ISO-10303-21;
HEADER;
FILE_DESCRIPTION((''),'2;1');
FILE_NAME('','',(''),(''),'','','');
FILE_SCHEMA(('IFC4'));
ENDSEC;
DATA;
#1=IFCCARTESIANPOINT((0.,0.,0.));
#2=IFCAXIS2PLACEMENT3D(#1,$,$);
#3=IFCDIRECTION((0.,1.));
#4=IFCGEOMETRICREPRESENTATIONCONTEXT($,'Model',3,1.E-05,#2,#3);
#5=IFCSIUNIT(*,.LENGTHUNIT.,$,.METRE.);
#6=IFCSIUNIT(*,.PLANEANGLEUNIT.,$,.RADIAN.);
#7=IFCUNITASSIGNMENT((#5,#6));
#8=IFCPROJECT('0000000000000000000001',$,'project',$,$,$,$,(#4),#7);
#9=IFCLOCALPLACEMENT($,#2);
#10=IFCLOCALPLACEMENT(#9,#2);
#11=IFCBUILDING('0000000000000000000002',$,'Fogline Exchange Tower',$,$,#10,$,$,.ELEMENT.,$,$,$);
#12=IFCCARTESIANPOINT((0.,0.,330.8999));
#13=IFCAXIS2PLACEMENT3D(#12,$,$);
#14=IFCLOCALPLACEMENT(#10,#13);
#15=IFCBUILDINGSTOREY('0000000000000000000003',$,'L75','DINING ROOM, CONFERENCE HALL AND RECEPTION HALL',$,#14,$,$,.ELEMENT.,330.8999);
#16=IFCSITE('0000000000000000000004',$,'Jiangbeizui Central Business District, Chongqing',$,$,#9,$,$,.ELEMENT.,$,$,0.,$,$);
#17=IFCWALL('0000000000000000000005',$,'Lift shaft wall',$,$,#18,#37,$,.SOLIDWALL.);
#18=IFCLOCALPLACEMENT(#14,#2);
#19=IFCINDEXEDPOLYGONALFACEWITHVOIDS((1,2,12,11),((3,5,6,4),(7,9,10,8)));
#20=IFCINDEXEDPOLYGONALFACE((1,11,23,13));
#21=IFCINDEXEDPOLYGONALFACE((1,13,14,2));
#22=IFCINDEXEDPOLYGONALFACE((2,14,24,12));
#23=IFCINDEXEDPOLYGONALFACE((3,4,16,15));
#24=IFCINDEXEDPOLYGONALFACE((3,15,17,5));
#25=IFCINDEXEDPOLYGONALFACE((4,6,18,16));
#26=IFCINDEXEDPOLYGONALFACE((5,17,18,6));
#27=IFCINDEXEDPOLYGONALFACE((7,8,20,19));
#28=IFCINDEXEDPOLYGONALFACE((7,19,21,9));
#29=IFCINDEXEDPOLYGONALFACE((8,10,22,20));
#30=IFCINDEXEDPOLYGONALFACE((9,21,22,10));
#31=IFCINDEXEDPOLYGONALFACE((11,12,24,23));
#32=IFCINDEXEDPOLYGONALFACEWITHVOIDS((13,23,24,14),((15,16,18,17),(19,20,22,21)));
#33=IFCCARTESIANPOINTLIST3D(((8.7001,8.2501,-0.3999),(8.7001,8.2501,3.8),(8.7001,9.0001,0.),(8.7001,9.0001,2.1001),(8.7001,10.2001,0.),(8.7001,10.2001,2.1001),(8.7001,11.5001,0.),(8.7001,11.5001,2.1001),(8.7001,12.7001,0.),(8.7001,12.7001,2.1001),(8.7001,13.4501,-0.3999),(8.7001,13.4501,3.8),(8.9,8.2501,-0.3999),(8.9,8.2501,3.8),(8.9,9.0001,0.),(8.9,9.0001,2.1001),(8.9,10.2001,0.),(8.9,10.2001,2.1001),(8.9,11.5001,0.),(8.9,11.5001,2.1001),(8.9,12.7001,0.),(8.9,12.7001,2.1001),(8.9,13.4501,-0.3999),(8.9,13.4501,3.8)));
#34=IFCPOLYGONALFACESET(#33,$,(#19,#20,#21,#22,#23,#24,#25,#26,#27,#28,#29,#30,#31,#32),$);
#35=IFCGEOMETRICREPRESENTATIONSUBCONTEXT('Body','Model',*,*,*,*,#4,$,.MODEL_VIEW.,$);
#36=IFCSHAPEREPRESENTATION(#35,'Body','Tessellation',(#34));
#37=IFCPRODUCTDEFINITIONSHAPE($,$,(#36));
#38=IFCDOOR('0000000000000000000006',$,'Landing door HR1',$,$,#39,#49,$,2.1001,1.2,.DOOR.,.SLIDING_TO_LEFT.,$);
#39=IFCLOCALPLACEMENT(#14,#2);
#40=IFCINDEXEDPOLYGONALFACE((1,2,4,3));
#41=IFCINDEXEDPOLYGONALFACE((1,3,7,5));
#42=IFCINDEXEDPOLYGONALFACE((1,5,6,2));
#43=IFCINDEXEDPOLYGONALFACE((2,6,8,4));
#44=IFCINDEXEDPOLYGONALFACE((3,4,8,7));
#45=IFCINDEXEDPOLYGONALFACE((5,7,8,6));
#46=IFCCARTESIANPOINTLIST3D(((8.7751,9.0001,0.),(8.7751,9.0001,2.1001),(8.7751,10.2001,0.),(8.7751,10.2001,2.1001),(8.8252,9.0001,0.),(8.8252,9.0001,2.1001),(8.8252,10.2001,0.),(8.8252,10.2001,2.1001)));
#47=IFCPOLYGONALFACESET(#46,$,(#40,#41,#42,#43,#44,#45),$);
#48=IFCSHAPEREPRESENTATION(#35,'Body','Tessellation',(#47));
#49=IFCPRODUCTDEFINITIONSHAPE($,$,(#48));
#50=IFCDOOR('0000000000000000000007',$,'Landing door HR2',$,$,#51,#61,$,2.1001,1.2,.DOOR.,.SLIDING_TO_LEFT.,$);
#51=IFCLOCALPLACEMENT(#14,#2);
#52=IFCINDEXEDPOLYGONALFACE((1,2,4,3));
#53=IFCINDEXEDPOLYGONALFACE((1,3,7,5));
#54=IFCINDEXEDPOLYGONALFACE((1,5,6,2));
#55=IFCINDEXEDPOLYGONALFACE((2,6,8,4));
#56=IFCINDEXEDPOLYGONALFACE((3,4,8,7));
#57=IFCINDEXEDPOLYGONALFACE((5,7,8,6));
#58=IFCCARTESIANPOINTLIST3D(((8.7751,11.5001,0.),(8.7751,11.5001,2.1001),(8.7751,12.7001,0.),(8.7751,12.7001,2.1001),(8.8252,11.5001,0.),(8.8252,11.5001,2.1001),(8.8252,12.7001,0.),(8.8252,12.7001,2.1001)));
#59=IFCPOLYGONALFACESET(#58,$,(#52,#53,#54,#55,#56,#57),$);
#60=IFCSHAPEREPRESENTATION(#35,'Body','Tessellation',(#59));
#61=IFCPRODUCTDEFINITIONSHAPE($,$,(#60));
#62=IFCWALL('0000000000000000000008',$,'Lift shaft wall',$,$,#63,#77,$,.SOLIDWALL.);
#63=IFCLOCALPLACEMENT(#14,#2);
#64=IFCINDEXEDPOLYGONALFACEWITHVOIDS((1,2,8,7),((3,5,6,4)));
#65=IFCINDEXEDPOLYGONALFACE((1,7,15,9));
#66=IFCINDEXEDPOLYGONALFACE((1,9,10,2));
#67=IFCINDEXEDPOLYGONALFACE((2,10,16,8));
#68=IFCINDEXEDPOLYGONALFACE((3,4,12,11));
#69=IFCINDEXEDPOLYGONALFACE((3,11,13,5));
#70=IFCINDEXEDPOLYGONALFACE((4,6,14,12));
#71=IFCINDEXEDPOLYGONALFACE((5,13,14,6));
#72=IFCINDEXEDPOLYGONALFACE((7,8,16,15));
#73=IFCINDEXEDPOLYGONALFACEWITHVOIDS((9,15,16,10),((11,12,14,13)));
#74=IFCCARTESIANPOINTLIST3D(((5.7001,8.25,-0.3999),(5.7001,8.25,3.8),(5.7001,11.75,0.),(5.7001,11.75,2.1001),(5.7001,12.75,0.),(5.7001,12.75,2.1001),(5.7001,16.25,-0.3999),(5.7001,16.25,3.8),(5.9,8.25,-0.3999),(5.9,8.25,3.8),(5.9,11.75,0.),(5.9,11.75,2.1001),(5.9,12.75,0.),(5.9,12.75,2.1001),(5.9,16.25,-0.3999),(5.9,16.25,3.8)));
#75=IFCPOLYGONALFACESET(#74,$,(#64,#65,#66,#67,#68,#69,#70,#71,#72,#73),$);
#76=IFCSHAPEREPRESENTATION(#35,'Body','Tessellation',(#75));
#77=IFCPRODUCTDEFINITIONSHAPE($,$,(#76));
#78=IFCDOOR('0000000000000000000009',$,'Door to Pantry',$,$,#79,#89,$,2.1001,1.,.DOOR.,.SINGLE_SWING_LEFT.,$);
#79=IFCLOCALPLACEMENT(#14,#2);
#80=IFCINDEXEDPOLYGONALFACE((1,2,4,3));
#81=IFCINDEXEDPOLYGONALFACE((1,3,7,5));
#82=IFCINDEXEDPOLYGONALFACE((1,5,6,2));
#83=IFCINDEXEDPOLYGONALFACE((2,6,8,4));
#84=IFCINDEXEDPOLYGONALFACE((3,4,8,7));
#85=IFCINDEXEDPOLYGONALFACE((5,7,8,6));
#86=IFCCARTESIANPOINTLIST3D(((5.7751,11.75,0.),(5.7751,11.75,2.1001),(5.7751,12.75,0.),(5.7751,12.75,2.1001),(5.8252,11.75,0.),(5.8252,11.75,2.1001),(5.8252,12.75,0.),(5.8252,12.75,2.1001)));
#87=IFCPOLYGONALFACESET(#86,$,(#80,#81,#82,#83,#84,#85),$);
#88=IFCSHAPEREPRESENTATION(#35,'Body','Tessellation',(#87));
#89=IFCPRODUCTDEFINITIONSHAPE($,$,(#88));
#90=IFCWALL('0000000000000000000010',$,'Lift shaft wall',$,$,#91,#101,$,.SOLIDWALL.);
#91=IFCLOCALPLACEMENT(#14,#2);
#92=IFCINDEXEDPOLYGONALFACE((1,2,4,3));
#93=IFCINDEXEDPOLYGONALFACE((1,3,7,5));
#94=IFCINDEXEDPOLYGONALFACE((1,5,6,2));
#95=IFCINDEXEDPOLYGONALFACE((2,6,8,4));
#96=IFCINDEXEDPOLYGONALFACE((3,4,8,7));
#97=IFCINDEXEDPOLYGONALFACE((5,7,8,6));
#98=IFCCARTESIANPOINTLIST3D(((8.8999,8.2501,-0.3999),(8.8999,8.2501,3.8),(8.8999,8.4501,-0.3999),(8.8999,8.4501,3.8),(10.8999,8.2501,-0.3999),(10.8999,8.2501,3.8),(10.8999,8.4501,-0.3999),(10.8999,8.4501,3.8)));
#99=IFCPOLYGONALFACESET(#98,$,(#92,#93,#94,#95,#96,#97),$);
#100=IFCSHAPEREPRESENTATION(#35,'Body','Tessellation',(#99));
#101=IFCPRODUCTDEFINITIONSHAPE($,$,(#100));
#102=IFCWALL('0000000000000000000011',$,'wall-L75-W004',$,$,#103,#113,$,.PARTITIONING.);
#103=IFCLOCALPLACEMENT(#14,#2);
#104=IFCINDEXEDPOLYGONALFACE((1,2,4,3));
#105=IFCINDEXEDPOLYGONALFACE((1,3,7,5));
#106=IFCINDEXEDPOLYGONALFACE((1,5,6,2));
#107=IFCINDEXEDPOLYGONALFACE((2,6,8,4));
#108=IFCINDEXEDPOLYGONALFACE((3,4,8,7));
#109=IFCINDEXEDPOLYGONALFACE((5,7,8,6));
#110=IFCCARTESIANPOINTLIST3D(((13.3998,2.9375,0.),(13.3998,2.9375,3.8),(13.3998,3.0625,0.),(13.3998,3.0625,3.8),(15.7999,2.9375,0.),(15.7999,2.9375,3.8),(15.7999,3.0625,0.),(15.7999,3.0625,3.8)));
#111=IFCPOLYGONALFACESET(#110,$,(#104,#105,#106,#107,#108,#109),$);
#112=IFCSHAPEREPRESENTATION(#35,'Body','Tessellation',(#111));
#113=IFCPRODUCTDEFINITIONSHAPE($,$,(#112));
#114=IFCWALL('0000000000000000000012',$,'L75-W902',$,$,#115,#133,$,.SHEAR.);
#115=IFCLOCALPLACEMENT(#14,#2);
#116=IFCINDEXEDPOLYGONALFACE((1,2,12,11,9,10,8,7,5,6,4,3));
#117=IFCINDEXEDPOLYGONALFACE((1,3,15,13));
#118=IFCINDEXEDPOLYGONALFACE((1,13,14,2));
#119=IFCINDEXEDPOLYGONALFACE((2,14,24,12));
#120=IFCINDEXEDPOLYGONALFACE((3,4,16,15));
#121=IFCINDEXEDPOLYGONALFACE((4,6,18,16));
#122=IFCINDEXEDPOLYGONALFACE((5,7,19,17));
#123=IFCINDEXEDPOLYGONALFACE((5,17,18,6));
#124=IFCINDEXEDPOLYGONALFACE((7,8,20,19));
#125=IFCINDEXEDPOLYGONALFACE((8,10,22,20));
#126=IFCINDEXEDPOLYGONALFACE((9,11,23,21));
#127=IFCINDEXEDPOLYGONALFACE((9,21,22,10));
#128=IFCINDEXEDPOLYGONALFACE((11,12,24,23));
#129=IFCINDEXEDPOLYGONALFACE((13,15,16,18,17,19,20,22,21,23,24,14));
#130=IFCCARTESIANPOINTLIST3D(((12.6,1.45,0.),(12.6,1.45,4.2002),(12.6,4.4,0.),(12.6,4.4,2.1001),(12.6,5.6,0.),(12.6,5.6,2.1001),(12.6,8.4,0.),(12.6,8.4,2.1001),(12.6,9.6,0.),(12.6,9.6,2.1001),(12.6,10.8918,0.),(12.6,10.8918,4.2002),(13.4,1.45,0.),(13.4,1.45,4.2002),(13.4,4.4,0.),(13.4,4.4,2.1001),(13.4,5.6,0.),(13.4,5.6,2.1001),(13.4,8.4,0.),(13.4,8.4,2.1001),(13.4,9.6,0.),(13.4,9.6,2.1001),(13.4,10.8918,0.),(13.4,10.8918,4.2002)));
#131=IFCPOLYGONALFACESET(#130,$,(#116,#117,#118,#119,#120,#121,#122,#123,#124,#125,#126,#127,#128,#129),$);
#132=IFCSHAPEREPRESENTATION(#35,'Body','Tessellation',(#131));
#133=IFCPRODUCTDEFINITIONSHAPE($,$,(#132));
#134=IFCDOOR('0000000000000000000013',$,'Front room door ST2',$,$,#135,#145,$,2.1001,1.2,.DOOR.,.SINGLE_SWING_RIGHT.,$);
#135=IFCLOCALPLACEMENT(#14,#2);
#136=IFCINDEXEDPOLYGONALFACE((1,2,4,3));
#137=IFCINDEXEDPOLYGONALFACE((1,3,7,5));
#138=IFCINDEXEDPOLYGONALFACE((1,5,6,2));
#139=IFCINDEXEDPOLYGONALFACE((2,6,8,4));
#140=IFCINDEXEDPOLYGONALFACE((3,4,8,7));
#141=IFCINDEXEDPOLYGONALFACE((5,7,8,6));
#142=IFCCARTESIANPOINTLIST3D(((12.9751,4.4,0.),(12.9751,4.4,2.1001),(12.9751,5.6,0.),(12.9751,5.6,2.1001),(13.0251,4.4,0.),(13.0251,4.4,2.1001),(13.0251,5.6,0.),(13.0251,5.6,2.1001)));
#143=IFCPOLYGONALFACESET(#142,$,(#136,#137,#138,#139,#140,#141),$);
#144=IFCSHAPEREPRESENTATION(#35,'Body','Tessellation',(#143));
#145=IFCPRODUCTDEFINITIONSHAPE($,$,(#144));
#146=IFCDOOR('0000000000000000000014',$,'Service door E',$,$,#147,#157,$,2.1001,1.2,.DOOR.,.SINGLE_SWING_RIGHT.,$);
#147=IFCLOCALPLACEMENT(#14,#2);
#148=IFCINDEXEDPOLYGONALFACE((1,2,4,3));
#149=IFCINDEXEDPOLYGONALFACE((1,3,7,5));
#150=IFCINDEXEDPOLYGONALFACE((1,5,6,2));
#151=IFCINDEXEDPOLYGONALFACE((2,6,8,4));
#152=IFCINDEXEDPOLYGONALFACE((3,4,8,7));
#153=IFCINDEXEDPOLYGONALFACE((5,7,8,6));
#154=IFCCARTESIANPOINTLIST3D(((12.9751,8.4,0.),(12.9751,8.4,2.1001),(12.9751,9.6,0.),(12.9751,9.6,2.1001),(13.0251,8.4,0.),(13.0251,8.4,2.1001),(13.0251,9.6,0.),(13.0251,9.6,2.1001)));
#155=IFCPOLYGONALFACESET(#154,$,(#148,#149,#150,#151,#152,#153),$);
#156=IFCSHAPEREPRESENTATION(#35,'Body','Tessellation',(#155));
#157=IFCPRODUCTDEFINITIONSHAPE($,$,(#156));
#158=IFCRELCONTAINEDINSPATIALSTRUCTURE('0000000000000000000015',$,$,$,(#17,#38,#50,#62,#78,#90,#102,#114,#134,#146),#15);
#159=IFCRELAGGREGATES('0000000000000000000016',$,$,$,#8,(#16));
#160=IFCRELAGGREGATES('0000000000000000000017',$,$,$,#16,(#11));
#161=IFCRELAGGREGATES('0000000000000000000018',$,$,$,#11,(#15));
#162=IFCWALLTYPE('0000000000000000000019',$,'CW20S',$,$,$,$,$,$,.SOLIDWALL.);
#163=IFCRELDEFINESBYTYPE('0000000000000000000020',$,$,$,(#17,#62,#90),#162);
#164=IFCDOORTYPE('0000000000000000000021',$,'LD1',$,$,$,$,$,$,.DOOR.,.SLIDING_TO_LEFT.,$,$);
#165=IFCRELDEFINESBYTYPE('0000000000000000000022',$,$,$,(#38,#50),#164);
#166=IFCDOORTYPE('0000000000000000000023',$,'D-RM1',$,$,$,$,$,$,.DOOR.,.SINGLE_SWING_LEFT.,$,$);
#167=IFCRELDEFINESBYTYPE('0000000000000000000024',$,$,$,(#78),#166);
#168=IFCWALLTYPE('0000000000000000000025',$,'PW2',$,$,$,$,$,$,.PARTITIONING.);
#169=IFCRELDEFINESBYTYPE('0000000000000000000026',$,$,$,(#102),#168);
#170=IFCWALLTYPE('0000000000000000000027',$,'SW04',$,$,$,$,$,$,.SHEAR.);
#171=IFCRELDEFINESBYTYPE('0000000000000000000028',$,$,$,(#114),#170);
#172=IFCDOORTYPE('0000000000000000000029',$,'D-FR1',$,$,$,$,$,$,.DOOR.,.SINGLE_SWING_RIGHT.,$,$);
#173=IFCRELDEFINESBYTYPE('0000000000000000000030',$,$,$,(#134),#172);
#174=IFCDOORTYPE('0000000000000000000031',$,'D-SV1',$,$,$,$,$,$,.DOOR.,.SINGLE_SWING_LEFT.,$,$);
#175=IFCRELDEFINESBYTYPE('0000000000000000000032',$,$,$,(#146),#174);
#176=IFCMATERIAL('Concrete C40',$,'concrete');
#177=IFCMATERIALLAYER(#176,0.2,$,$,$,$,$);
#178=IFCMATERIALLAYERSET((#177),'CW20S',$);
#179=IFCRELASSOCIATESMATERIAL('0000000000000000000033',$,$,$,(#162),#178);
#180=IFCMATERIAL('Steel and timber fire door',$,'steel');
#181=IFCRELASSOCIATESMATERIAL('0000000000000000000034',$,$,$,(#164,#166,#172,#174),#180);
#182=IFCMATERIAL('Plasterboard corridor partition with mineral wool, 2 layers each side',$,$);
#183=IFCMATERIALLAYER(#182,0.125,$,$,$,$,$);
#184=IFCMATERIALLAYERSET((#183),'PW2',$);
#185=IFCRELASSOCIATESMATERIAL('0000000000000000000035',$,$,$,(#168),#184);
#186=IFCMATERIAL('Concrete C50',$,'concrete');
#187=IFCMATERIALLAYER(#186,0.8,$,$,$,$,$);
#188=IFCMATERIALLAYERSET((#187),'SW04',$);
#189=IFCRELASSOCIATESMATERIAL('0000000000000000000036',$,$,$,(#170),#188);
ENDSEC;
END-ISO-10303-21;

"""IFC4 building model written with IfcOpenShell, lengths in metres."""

from ifc_helpers import new_model, si_unit, direction, frame, frame_2d, origin, place, context, subcontext, project, spatial, rectangle, extrude, material, layer, layer_set, type_object, element, fill, save


model = new_model("IFC4")

# Units and contexts
model_context = context("Model", 3, precision=1e-05, world=origin(), true_north=direction((0.0, 1.0)))
body_context = subcontext(model_context, "Body", "Model", "MODEL_VIEW")
ifc_project = project(units=[si_unit("LENGTHUNIT", "METRE"), si_unit("PLANEANGLEUNIT", "RADIAN")], contexts=[model_context])

# Site, building, storey
site_placement = place(None, origin())
site = spatial("IfcSite", under=ifc_project, at=site_placement, Name="Jiangbeizui Central Business District, Chongqing", CompositionType="ELEMENT", RefElevation=0.0)
building_placement = place(site_placement, origin())
building = spatial("IfcBuilding", under=site, at=building_placement, Name="Fogline Exchange Tower", CompositionType="ELEMENT")
storey_placement = place(building_placement, frame((0.0, 0.0, 330.8999)))
storey = spatial("IfcBuildingStorey", under=building, at=storey_placement, Name="L75", Description="DINING ROOM, CONFERENCE HALL AND RECEPTION HALL", CompositionType="ELEMENT", Elevation=330.8999)

# Shared definitions
ifc_material_1 = material(Name="Concrete C40", Category="concrete")

# Shared definitions
ifc_material_2 = material(Name="Steel and timber fire door", Category="steel")

# Wall, openings, doors
ifc_layer_1 = layer(ifc_material_1, 0.2)
ifc_layer_set_1 = layer_set([ifc_layer_1], Name="CW20S")
wall_type_1 = type_object("IfcWallType", Name="CW20S", PredefinedType="SOLIDWALL", material=ifc_layer_set_1)
wall_1_placement = place(storey_placement, frame((8.8, 8.25, -0.3999), z_axis=(0.0, 0.0, 1.0), x_axis=(0.0, 1.0, 0.0)))
wall_1 = element("IfcWall", 1, at=wall_1_placement, inside=storey, type_object=wall_type_1, Name="Lift shaft wall", PredefinedType="SOLIDWALL", context=body_context, shape_type="SweptSolid", body=[
    extrude(rectangle(XDim=5.2, YDim=0.2, at=frame_2d((2.6001, 0.0))), origin(), (0.0, 0.0, 1.0), 4.2),
])
opening_1_placement = place(wall_1_placement, frame((0.75, 0.0, 0.3999)))
opening_1 = element("IfcOpeningElement", 2, at=opening_1_placement, cuts=wall_1, PredefinedType="OPENING", context=body_context, shape_type="SweptSolid", body=[
    extrude(rectangle(XDim=1.2, YDim=2.1001, at=frame_2d((0.6001, 1.05))), frame((0.0, 0.1099, 0.0), z_axis=(0.0, -1.0, 0.0), x_axis=(1.0, 0.0, 0.0)), (0.0, 0.0, 1.0), 0.22),
])
opening_2_placement = place(wall_1_placement, frame((3.25, 0.0, 0.3999)))
opening_2 = element("IfcOpeningElement", 3, at=opening_2_placement, cuts=wall_1, PredefinedType="OPENING", context=body_context, shape_type="SweptSolid", body=[
    extrude(rectangle(XDim=1.2, YDim=2.1001, at=frame_2d((0.6001, 1.05))), frame((0.0, 0.1099, 0.0), z_axis=(0.0, -1.0, 0.0), x_axis=(1.0, 0.0, 0.0)), (0.0, 0.0, 1.0), 0.22),
])
door_type_1 = type_object("IfcDoorType", Name="LD1", OperationType="SLIDING_TO_LEFT", PredefinedType="DOOR", material=ifc_material_2)
door_1_placement = place(opening_1_placement, origin())
door_1 = element("IfcDoor", 4, at=door_1_placement, inside=storey, type_object=door_type_1, Name="Landing door HR1", OperationType="SLIDING_TO_LEFT", OverallHeight=2.1001, OverallWidth=1.2, PredefinedType="DOOR", context=body_context, shape_type="SweptSolid", body=[
    extrude(rectangle(XDim=1.2, YDim=2.1001, at=frame_2d((0.6001, 1.05))), frame((0.0, 0.0249, 0.0), z_axis=(0.0, -1.0, 0.0), x_axis=(1.0, 0.0, 0.0)), (0.0, 0.0, 1.0), 0.05),
])
fill(opening_1, door_1)
door_2_placement = place(opening_2_placement, origin())
door_2 = element("IfcDoor", 5, at=door_2_placement, inside=storey, type_object=door_type_1, Name="Landing door HR2", OperationType="SLIDING_TO_LEFT", OverallHeight=2.1001, OverallWidth=1.2, PredefinedType="DOOR", context=body_context, shape_type="SweptSolid", body=[
    extrude(rectangle(XDim=1.2, YDim=2.1001, at=frame_2d((0.6001, 1.05))), frame((0.0, 0.0249, 0.0), z_axis=(0.0, -1.0, 0.0), x_axis=(1.0, 0.0, 0.0)), (0.0, 0.0, 1.0), 0.05),
])
fill(opening_2, door_2)

# Wall, opening, door
wall_2_placement = place(storey_placement, frame((5.8, 8.25, -0.3999), z_axis=(0.0, 0.0, 1.0), x_axis=(0.0, 1.0, 0.0)))
wall_2 = element("IfcWall", 6, at=wall_2_placement, inside=storey, type_object=wall_type_1, Name="Lift shaft wall", PredefinedType="SOLIDWALL", context=body_context, shape_type="SweptSolid", body=[
    extrude(rectangle(XDim=8.0, YDim=0.2, at=frame_2d((4.0, 0.0))), origin(), (0.0, 0.0, 1.0), 4.2),
])
opening_3_placement = place(wall_2_placement, frame((3.5, 0.0, 0.3999)))
opening_3 = element("IfcOpeningElement", 7, at=opening_3_placement, cuts=wall_2, PredefinedType="OPENING", context=body_context, shape_type="SweptSolid", body=[
    extrude(rectangle(XDim=1.0, YDim=2.1001, at=frame_2d((0.5, 1.05))), frame((0.0, 0.1099, 0.0), z_axis=(0.0, -1.0, 0.0), x_axis=(1.0, 0.0, 0.0)), (0.0, 0.0, 1.0), 0.22),
])
door_type_2 = type_object("IfcDoorType", Name="D-RM1", OperationType="SINGLE_SWING_LEFT", PredefinedType="DOOR", material=ifc_material_2)
door_3_placement = place(opening_3_placement, origin())
door_3 = element("IfcDoor", 8, at=door_3_placement, inside=storey, type_object=door_type_2, Name="Door to Pantry", OperationType="SINGLE_SWING_LEFT", OverallHeight=2.1001, OverallWidth=1.0, PredefinedType="DOOR", context=body_context, shape_type="SweptSolid", body=[
    extrude(rectangle(XDim=1.0, YDim=2.1001, at=frame_2d((0.5, 1.05))), frame((0.0, 0.0249, 0.0), z_axis=(0.0, -1.0, 0.0), x_axis=(1.0, 0.0, 0.0)), (0.0, 0.0, 1.0), 0.05),
])
fill(opening_3, door_3)

# Walls
wall_3_placement = place(storey_placement, frame((8.8999, 8.3501, -0.3999), z_axis=(0.0, 0.0, 1.0), x_axis=(1.0, 0.0, 0.0)))
element("IfcWall", 9, at=wall_3_placement, inside=storey, type_object=wall_type_1, Name="Lift shaft wall", PredefinedType="SOLIDWALL", context=body_context, shape_type="SweptSolid", body=[
    extrude(rectangle(XDim=2.0, YDim=0.2, at=frame_2d((1.0, 0.0))), origin(), (0.0, 0.0, 1.0), 4.2),
])
ifc_material_3 = material(Name="Plasterboard corridor partition with mineral wool, 2 layers each side")
ifc_layer_2 = layer(ifc_material_3, 0.125)
ifc_layer_set_2 = layer_set([ifc_layer_2], Name="PW2")
wall_type_2 = type_object("IfcWallType", Name="PW2", PredefinedType="PARTITIONING", material=ifc_layer_set_2)
wall_4_placement = place(storey_placement, frame((15.8, 3.0, 0.0), z_axis=(0.0, 0.0, 1.0), x_axis=(-1.0, 0.0, 0.0)))
element("IfcWall", 10, at=wall_4_placement, inside=storey, type_object=wall_type_2, Name="wall-L75-W004", PredefinedType="PARTITIONING", context=body_context, shape_type="SweptSolid", body=[
    extrude(rectangle(XDim=2.4001, YDim=0.125, at=frame_2d((1.2002, 0.0))), origin(), (0.0, 0.0, 1.0), 3.8),
])

# Wall, openings, doors
ifc_material_4 = material(Name="Concrete C50", Category="concrete")
ifc_layer_3 = layer(ifc_material_4, 0.8)
ifc_layer_set_3 = layer_set([ifc_layer_3], Name="SW04")
wall_type_3 = type_object("IfcWallType", Name="SW04", PredefinedType="SHEAR", material=ifc_layer_set_3)
wall_5_placement = place(storey_placement, frame((13.0, 1.45, 0.0), z_axis=(0.0, 0.0, 1.0), x_axis=(0.0, 1.0, 0.0)))
wall_5 = element("IfcWall", 11, at=wall_5_placement, inside=storey, type_object=wall_type_3, Name="L75-W902", PredefinedType="SHEAR", context=body_context, shape_type="SweptSolid", body=[
    extrude(rectangle(XDim=9.4419, YDim=0.8, at=frame_2d((4.7209, 0.0))), origin(), (0.0, 0.0, 1.0), 4.2002),
])
opening_4_placement = place(wall_5_placement, frame((2.95, 0.0, 0.0)))
opening_4 = element("IfcOpeningElement", 12, at=opening_4_placement, cuts=wall_5, PredefinedType="OPENING", context=body_context, shape_type="SweptSolid", body=[
    extrude(rectangle(XDim=1.2, YDim=2.1001, at=frame_2d((0.6001, 1.05))), frame((0.0, 0.4102, 0.0), z_axis=(0.0, -1.0, 0.0), x_axis=(1.0, 0.0, 0.0)), (0.0, 0.0, 1.0), 0.8201),
])
opening_5_placement = place(wall_5_placement, frame((6.95, 0.0, 0.0)))
opening_5 = element("IfcOpeningElement", 13, at=opening_5_placement, cuts=wall_5, PredefinedType="OPENING", context=body_context, shape_type="SweptSolid", body=[
    extrude(rectangle(XDim=1.2, YDim=2.1001, at=frame_2d((0.6001, 1.05))), frame((0.0, 0.4102, 0.0), z_axis=(0.0, -1.0, 0.0), x_axis=(1.0, 0.0, 0.0)), (0.0, 0.0, 1.0), 0.8201),
])
door_type_3 = type_object("IfcDoorType", Name="D-FR1", OperationType="SINGLE_SWING_RIGHT", PredefinedType="DOOR", material=ifc_material_2)
door_4_placement = place(opening_4_placement, origin())
door_4 = element("IfcDoor", 14, at=door_4_placement, inside=storey, type_object=door_type_3, Name="Front room door ST2", OperationType="SINGLE_SWING_RIGHT", OverallHeight=2.1001, OverallWidth=1.2, PredefinedType="DOOR", context=body_context, shape_type="SweptSolid", body=[
    extrude(rectangle(XDim=1.2, YDim=2.1001, at=frame_2d((0.6001, 1.05))), frame((0.0, 0.0249, 0.0), z_axis=(0.0, -1.0, 0.0), x_axis=(1.0, 0.0, 0.0)), (0.0, 0.0, 1.0), 0.05),
])
fill(opening_4, door_4)
door_type_4 = type_object("IfcDoorType", Name="D-SV1", OperationType="SINGLE_SWING_LEFT", PredefinedType="DOOR", material=ifc_material_2)
door_5_placement = place(opening_5_placement, origin())
door_5 = element("IfcDoor", 15, at=door_5_placement, inside=storey, type_object=door_type_4, Name="Service door E", OperationType="SINGLE_SWING_RIGHT", OverallHeight=2.1001, OverallWidth=1.2, PredefinedType="DOOR", context=body_context, shape_type="SweptSolid", body=[
    extrude(rectangle(XDim=1.2, YDim=2.1001, at=frame_2d((0.6001, 1.05))), frame((0.0, 0.0249, 0.0), z_axis=(0.0, -1.0, 0.0), x_axis=(1.0, 0.0, 0.0)), (0.0, 0.0, 1.0), 0.05),
])
fill(opening_5, door_5)

save(model, "model.ifc")
